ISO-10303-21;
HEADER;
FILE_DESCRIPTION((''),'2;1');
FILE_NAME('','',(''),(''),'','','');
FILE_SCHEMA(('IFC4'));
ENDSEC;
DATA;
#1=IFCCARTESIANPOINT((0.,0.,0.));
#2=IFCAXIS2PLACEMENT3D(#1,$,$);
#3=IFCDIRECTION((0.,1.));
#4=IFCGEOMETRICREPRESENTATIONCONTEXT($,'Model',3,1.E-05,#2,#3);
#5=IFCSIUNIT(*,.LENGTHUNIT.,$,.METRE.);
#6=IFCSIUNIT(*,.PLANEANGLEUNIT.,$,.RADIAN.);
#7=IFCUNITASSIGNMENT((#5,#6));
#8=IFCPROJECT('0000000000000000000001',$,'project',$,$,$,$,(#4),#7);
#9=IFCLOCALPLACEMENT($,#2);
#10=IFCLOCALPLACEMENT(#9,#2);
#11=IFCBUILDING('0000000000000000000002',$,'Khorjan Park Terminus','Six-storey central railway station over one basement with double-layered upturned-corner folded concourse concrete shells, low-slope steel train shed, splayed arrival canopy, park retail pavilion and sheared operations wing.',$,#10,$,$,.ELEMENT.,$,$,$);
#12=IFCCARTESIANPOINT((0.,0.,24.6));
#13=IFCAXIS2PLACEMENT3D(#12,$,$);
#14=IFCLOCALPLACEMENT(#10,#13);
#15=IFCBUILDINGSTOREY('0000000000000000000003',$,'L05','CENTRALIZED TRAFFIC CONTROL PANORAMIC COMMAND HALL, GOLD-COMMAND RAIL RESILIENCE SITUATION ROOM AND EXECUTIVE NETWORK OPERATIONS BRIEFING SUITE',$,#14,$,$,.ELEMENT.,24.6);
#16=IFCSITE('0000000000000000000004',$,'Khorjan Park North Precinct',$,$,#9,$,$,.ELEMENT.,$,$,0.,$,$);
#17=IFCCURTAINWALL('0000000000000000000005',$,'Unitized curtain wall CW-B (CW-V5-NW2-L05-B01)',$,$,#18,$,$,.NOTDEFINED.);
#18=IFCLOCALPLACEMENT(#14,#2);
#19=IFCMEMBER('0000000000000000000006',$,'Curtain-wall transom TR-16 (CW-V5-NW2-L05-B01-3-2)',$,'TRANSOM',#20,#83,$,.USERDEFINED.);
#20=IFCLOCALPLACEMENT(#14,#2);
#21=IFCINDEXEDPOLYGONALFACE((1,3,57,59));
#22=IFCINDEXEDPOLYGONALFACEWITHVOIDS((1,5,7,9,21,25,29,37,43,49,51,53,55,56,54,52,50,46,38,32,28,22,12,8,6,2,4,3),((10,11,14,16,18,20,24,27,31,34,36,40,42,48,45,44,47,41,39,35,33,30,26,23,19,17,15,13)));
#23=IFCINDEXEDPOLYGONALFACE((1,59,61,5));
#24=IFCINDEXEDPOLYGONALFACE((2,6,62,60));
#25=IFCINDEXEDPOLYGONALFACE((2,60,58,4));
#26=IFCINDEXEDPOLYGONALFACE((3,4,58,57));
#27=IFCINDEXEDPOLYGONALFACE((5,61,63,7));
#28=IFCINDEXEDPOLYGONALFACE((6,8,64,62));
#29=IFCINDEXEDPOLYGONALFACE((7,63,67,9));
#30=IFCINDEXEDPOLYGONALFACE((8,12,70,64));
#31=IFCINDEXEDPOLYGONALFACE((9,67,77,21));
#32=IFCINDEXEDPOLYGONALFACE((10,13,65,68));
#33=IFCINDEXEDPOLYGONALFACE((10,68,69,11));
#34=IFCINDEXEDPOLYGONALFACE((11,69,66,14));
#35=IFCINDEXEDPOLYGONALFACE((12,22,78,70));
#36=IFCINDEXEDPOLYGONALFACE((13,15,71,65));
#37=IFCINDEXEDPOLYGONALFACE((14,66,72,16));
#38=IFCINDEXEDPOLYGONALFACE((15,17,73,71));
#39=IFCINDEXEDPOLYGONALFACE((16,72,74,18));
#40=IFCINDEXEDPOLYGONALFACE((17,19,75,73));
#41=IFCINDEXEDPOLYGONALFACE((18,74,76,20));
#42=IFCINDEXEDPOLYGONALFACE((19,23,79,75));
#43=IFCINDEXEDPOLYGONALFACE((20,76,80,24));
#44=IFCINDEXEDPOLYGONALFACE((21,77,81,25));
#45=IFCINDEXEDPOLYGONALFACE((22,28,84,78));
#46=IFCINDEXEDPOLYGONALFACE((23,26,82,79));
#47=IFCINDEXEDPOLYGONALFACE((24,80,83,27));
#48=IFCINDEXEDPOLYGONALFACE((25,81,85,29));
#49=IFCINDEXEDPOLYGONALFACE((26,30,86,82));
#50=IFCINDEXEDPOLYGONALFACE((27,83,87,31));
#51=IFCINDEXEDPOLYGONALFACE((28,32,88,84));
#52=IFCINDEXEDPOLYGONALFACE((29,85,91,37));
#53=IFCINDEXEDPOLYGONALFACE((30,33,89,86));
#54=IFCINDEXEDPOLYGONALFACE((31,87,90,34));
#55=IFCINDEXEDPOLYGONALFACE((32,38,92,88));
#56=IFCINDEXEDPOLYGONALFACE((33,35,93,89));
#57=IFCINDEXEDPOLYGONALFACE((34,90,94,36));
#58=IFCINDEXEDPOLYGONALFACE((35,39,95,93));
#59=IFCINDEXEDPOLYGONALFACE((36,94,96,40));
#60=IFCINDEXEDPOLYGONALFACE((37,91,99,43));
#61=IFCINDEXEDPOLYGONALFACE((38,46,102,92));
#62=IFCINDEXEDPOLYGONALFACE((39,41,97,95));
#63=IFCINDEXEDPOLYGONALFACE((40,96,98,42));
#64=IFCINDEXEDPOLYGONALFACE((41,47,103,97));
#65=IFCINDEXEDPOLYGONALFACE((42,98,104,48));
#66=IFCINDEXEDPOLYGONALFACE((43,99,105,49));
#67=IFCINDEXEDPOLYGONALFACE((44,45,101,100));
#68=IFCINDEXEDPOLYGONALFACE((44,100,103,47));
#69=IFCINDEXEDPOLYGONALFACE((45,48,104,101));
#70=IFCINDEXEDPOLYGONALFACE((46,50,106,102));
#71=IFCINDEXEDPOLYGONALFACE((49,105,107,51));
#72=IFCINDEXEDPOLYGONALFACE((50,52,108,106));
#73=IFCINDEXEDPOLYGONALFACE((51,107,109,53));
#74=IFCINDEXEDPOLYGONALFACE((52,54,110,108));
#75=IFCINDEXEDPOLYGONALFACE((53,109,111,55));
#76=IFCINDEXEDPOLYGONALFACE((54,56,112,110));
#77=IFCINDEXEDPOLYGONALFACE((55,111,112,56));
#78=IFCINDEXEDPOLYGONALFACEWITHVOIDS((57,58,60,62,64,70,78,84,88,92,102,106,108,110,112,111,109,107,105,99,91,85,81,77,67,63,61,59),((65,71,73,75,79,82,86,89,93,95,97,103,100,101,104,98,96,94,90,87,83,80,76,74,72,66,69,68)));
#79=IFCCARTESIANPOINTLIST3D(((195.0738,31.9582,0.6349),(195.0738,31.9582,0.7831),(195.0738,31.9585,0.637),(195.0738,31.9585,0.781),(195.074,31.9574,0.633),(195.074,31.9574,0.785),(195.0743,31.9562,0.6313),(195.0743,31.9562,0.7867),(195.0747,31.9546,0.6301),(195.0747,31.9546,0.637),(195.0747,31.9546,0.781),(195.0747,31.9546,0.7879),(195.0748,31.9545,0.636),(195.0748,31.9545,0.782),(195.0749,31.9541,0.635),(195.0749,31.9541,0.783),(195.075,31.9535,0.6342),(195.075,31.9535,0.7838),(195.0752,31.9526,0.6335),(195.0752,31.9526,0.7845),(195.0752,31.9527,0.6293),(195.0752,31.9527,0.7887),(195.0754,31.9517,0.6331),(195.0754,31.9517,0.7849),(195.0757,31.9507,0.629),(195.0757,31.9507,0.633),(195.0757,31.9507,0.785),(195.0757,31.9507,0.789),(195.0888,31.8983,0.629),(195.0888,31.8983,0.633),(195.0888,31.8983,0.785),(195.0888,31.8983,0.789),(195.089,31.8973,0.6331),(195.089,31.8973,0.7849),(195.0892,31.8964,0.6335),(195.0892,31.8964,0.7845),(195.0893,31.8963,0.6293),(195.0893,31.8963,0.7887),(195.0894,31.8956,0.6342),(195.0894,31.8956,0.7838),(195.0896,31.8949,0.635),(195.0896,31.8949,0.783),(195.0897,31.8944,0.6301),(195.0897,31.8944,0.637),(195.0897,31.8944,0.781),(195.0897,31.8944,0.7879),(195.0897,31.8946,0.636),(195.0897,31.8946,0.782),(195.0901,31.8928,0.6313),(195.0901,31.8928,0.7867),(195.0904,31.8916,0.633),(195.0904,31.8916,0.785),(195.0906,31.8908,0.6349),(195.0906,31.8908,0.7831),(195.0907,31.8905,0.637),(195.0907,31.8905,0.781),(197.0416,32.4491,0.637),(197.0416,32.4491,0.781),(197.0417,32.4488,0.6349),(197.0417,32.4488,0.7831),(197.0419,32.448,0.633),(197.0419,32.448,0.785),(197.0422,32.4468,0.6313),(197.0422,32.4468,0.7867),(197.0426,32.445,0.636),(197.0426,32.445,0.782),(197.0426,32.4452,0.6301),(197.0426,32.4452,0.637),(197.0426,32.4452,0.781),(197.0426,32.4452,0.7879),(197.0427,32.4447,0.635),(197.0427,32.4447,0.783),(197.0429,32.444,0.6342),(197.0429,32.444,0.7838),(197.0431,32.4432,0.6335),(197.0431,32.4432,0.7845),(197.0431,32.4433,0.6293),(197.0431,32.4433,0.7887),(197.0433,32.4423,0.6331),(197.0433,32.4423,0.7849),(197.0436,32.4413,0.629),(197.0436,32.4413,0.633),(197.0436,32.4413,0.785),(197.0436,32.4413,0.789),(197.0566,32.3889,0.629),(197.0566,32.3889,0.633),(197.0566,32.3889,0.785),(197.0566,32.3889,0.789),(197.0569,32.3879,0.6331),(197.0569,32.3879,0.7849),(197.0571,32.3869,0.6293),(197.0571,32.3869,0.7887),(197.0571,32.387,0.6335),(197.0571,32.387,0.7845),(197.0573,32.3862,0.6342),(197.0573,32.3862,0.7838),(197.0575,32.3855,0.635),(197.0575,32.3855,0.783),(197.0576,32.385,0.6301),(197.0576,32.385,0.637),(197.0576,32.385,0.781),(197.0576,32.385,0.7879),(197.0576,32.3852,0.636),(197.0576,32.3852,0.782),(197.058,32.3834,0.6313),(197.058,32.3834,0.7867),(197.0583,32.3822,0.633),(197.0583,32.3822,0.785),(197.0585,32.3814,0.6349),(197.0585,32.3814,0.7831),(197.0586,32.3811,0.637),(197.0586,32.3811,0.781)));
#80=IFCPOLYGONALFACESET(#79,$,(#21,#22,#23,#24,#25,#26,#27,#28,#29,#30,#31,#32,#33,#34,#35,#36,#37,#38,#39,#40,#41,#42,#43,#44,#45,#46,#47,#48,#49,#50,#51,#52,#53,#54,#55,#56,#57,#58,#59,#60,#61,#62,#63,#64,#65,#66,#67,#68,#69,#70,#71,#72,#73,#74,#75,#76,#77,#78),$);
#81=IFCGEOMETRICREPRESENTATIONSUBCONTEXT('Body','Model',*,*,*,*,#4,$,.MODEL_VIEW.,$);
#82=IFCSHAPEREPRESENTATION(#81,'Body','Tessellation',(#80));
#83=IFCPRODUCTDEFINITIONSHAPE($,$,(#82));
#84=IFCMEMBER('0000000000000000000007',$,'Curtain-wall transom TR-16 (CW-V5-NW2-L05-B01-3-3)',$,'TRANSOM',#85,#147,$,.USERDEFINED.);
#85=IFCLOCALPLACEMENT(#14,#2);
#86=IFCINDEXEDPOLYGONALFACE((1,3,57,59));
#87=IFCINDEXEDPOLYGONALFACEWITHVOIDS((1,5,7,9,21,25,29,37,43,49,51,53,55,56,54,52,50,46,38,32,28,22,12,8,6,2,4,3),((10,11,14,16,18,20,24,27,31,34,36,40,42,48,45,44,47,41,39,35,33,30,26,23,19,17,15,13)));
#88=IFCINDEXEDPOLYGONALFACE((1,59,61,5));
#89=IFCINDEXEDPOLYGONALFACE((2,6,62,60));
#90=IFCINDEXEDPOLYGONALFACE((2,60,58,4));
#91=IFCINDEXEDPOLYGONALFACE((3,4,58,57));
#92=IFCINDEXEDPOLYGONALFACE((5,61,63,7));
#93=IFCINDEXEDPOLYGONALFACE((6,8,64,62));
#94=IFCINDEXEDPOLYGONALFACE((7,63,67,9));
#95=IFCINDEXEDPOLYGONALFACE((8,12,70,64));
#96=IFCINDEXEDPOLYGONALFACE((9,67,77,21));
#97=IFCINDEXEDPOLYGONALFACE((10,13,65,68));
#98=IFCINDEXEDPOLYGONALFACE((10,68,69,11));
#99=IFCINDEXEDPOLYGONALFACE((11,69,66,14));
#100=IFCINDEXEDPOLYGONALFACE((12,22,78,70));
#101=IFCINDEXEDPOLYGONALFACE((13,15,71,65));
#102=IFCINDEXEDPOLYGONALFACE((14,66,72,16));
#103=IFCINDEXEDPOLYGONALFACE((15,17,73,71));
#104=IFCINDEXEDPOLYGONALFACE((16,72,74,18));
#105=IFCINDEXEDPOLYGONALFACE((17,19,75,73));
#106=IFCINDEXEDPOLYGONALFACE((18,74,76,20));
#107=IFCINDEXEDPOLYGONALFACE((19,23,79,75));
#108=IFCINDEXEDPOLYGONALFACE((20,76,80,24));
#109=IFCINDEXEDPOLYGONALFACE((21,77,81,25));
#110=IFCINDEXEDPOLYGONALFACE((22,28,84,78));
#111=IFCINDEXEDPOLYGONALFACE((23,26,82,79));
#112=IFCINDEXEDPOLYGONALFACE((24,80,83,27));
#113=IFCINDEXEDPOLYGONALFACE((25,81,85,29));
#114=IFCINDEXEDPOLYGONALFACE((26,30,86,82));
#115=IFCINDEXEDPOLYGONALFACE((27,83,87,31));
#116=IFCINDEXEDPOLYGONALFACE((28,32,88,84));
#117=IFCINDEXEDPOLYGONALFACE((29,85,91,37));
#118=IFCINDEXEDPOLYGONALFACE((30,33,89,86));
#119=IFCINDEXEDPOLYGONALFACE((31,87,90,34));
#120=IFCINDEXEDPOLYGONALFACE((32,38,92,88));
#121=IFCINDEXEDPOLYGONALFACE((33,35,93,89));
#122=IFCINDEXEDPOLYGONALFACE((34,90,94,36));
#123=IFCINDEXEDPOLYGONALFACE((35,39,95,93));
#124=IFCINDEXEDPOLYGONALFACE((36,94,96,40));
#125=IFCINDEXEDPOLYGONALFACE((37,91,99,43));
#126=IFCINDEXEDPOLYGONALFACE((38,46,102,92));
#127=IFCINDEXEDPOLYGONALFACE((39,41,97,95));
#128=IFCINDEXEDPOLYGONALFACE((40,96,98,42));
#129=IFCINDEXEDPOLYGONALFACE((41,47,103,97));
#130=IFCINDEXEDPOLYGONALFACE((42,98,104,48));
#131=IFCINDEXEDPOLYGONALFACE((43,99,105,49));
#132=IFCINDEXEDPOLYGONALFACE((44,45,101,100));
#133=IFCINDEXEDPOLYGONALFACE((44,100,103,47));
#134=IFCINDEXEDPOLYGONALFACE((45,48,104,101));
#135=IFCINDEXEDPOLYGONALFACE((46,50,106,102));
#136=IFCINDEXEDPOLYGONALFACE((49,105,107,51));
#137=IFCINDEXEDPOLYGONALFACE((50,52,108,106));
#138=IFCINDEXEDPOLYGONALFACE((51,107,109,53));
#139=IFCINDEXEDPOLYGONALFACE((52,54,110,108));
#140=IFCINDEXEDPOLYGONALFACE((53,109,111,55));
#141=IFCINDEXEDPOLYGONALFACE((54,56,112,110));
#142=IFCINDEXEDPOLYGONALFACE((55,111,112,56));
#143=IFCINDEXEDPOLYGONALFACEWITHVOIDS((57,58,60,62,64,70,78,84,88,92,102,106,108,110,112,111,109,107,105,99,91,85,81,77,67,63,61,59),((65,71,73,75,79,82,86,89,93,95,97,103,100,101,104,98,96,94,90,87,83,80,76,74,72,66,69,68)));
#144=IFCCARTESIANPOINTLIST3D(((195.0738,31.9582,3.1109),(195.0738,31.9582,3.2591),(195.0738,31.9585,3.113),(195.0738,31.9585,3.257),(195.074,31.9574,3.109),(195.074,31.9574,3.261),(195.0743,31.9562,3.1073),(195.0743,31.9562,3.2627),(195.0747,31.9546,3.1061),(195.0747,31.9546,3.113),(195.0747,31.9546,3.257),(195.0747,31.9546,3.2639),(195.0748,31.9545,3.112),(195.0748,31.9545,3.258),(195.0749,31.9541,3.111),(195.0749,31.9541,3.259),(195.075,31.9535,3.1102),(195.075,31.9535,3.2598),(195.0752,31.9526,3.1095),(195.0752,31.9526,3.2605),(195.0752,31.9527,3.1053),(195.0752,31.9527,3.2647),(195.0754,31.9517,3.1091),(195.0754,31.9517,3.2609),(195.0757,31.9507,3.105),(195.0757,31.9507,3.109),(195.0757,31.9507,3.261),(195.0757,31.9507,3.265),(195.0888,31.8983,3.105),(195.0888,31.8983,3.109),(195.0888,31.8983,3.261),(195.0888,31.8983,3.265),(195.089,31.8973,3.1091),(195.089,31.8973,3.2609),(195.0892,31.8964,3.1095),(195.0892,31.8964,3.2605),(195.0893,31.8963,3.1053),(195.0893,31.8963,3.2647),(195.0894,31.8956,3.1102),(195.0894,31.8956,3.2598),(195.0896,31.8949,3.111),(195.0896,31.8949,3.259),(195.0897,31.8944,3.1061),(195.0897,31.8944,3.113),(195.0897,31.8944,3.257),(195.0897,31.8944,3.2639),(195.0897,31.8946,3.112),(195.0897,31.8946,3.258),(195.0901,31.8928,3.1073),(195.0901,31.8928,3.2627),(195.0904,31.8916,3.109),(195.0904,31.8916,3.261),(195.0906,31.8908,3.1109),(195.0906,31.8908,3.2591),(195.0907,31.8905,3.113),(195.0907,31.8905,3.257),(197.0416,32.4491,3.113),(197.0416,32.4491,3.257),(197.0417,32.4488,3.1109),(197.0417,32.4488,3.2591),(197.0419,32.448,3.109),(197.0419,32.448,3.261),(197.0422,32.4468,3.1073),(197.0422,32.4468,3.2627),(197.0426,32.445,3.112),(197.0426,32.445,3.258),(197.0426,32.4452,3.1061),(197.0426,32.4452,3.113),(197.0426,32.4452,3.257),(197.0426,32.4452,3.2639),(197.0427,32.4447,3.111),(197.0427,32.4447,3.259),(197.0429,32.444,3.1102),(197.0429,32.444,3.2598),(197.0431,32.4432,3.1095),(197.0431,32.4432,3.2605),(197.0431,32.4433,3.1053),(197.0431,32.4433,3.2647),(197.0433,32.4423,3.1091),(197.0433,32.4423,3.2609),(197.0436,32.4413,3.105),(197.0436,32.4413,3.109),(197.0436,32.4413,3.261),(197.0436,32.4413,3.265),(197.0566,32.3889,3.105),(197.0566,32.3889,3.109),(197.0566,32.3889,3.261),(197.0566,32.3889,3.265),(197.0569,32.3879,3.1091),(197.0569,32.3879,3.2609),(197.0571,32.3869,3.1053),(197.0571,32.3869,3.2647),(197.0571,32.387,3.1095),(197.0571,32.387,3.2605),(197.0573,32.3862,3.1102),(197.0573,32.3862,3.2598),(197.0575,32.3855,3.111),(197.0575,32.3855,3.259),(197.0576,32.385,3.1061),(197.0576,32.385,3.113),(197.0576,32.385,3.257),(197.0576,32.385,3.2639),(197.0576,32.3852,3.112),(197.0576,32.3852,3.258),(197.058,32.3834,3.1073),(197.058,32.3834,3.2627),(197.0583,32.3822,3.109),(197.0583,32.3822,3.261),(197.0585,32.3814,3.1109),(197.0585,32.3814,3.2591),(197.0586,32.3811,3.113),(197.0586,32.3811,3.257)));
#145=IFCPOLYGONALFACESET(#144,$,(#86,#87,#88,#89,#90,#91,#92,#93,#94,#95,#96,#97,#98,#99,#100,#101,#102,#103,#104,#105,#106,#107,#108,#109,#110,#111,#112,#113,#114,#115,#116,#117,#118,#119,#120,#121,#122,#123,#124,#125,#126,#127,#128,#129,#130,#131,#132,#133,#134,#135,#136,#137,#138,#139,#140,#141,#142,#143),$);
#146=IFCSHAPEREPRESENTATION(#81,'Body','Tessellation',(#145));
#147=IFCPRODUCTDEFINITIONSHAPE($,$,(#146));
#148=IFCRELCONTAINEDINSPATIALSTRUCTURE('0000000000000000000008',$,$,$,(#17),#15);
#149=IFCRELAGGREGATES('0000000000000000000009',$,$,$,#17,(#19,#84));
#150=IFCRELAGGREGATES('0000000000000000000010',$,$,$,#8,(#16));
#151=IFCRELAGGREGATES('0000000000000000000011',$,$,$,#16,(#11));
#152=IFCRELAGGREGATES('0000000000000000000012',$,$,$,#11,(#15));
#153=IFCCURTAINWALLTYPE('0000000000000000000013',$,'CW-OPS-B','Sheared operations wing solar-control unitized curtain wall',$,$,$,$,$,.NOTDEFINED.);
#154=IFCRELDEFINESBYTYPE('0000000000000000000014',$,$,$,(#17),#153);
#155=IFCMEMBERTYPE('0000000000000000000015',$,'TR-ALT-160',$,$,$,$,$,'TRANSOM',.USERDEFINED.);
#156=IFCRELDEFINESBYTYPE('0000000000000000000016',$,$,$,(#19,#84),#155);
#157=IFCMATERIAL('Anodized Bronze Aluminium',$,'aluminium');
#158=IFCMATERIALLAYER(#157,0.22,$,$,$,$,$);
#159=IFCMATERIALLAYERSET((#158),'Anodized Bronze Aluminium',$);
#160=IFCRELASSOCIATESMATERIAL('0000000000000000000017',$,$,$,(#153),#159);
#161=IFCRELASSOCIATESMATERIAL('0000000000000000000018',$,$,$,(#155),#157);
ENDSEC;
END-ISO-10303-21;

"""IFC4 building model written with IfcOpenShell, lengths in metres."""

from ifc_helpers import new_model, si_unit, direction, frame, origin, origin_2d, place, context, subcontext, project, spatial, hollow_rectangle, extrude, material, layer, layer_set, material_profile, profile_set, type_object, element, aggregate, save


model = new_model("IFC4")

# Units and contexts
model_context = context("Model", 3, precision=1e-05, world=origin(), true_north=direction((0.0, 1.0)))
body_context = subcontext(model_context, "Body", "Model", "MODEL_VIEW")
ifc_project = project(units=[si_unit("LENGTHUNIT", "METRE"), si_unit("PLANEANGLEUNIT", "RADIAN")], contexts=[model_context])

# Site, building, storey
site_placement = place(None, origin())
site = spatial("IfcSite", under=ifc_project, at=site_placement, Name="Khorjan Park North Precinct", CompositionType="ELEMENT", RefElevation=0.0)
building_placement = place(site_placement, origin())
building = spatial("IfcBuilding", under=site, at=building_placement, Name="Khorjan Park Terminus", Description="Six-storey central railway station over one basement with double-layered upturned-corner folded concourse concrete shells, low-slope steel train shed, splayed arrival canopy, park retail pavilion and sheared operations wing.", CompositionType="ELEMENT")
storey_placement = place(building_placement, frame((0.0, 0.0, 24.6)))
storey = spatial("IfcBuildingStorey", under=building, at=storey_placement, Name="L05", Description="CENTRALIZED TRAFFIC CONTROL PANORAMIC COMMAND HALL, GOLD-COMMAND RAIL RESILIENCE SITUATION ROOM AND EXECUTIVE NETWORK OPERATIONS BRIEFING SUITE", CompositionType="ELEMENT", Elevation=24.6)

# Curtain wall, members
ifc_material_1 = material(Name="Anodized Bronze Aluminium", Category="aluminium")
ifc_layer_1 = layer(ifc_material_1, 0.22)
ifc_layer_set_1 = layer_set([ifc_layer_1], Name="Anodized Bronze Aluminium")
curtain_wall_type = type_object("IfcCurtainWallType", Name="CW-OPS-B", Description="Sheared operations wing solar-control unitized curtain wall", PredefinedType="NOTDEFINED", material=ifc_layer_set_1)
curtain_wall_placement = place(storey_placement, origin())
curtain_wall = element("IfcCurtainWall", 1, at=curtain_wall_placement, inside=storey, type_object=curtain_wall_type, Name="Unitized curtain wall CW-B (CW-V5-NW2-L05-B01)", PredefinedType="NOTDEFINED")
ifc_material_profile_1 = material_profile(ifc_material_1, hollow_rectangle(XDim=0.07, YDim=0.16, WallThickness=0.004, InnerFilletRadius=0.004, OuterFilletRadius=0.008, at=origin_2d()), Name="ALT 70x160x4")
ifc_profile_set_1 = profile_set([ifc_material_profile_1], Name="Anodized Bronze Aluminium")
member_type_1 = type_object("IfcMemberType", Name="TR-ALT-160", ElementType="TRANSOM", PredefinedType="USERDEFINED", material=ifc_profile_set_1)
member_1_placement = place(storey_placement, frame((197.0501, 32.4151, 0.709), z_axis=(-0.970302, -0.241897, 0.0), x_axis=(0.241897, -0.970302, 0.0)))
member_1 = element("IfcMember", 2, at=member_1_placement, type_object=member_type_1, Name="Curtain-wall transom TR-16 (CW-V5-NW2-L05-B01-3-2)", ObjectType="TRANSOM", PredefinedType="USERDEFINED", context=body_context, shape_type="SweptSolid", body=[
    extrude(hollow_rectangle(XDim=0.07, YDim=0.16, WallThickness=0.004, InnerFilletRadius=0.004, OuterFilletRadius=0.008, at=origin_2d()), origin(), (0.0, 0.0, 1.0), 2.0281),
])
member_2_placement = place(storey_placement, frame((197.0501, 32.4151, 3.185), z_axis=(-0.970302, -0.241897, 0.0), x_axis=(0.241897, -0.970302, 0.0)))
member_2 = element("IfcMember", 3, at=member_2_placement, type_object=member_type_1, Name="Curtain-wall transom TR-16 (CW-V5-NW2-L05-B01-3-3)", ObjectType="TRANSOM", PredefinedType="USERDEFINED", context=body_context, shape_type="SweptSolid", body=[
    extrude(hollow_rectangle(XDim=0.07, YDim=0.16, WallThickness=0.004, InnerFilletRadius=0.004, OuterFilletRadius=0.008, at=origin_2d()), origin(), (0.0, 0.0, 1.0), 2.0281),
])
aggregate(curtain_wall, [member_1, member_2])

save(model, "model.ifc")
